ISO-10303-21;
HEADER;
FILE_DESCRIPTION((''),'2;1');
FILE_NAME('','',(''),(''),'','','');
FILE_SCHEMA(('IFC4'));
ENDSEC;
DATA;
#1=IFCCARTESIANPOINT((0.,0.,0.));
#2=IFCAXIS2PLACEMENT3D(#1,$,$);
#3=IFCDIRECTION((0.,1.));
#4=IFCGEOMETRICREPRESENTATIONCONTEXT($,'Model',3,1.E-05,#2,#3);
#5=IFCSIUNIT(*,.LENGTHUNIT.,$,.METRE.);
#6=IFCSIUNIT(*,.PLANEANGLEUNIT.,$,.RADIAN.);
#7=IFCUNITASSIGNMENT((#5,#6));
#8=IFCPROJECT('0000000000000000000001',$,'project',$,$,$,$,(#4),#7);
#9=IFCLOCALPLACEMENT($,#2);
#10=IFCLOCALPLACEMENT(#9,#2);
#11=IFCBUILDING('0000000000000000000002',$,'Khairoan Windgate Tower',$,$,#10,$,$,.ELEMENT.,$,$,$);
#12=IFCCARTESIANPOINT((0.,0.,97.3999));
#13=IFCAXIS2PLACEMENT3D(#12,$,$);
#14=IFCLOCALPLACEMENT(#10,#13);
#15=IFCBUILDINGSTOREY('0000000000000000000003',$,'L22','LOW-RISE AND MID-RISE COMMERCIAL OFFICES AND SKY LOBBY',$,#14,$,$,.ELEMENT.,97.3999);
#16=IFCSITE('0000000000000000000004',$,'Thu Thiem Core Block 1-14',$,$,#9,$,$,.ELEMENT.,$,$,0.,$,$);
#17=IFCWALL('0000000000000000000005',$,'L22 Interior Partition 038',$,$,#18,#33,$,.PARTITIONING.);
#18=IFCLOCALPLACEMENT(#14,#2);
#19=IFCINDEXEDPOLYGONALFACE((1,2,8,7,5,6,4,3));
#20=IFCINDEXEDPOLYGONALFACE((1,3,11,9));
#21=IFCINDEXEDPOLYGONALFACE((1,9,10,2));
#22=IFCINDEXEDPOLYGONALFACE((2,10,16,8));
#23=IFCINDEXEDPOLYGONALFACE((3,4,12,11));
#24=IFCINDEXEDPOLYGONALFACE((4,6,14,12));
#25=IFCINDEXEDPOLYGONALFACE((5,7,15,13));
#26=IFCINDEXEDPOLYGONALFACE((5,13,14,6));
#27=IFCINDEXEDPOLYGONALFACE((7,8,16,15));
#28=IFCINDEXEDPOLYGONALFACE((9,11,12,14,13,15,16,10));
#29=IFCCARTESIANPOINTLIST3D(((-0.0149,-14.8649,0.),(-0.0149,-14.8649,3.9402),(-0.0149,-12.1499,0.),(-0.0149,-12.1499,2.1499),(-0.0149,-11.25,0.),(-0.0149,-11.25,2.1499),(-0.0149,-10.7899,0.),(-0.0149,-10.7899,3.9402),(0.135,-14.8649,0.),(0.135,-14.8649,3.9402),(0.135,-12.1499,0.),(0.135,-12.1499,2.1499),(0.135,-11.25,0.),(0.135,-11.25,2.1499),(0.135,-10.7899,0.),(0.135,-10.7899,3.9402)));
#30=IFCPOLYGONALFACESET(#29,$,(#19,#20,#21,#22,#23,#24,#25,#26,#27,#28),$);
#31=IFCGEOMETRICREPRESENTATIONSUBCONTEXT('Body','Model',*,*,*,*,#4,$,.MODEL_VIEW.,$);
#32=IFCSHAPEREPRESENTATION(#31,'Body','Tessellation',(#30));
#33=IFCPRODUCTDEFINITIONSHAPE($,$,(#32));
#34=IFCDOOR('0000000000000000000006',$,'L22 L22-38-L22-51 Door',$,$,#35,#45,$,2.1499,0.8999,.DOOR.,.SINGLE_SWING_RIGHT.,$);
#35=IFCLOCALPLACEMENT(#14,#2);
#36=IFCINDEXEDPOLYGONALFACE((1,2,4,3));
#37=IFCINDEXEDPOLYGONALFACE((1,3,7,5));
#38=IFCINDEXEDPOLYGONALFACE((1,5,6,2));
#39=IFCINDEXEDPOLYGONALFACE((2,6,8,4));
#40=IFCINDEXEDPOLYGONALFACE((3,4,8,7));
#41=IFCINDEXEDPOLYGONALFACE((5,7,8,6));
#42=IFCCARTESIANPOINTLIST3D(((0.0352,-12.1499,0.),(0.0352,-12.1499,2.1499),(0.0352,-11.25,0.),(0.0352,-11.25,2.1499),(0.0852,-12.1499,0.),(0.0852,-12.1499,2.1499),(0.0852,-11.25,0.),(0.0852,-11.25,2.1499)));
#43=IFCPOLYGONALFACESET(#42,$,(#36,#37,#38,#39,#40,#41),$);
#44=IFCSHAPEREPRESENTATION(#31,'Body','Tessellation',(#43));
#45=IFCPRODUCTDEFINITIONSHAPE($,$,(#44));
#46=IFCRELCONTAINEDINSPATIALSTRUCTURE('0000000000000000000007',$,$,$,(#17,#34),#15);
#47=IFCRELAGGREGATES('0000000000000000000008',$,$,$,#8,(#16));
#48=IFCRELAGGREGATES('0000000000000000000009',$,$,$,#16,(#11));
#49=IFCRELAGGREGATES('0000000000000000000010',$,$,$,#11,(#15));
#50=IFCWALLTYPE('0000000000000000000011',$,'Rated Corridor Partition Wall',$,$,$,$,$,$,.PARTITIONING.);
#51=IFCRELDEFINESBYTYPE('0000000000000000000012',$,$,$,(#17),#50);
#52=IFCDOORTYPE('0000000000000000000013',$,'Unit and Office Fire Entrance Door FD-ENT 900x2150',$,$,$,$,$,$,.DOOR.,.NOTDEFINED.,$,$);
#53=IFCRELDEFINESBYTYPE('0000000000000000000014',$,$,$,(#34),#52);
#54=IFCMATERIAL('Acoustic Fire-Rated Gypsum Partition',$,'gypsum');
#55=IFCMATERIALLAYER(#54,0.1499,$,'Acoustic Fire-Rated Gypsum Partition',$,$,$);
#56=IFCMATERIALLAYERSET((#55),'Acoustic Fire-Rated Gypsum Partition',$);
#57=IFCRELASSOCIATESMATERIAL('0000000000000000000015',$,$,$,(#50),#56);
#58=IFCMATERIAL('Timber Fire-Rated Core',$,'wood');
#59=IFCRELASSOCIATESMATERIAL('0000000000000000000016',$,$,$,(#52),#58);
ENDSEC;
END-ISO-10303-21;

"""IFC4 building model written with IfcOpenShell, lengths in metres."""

from ifc_helpers import new_model, si_unit, direction, frame, frame_2d, origin, place, context, subcontext, project, spatial, rectangle, extrude, material, layer, layer_set, type_object, element, fill, save


model = new_model("IFC4")

# Units and contexts
model_context = context("Model", 3, precision=1e-05, world=origin(), true_north=direction((0.0, 1.0)))
body_context = subcontext(model_context, "Body", "Model", "MODEL_VIEW")
ifc_project = project(units=[si_unit("LENGTHUNIT", "METRE"), si_unit("PLANEANGLEUNIT", "RADIAN")], contexts=[model_context])

# Site, building, storey
site_placement = place(None, origin())
site = spatial("IfcSite", under=ifc_project, at=site_placement, Name="Thu Thiem Core Block 1-14", CompositionType="ELEMENT", RefElevation=0.0)
building_placement = place(site_placement, origin())
building = spatial("IfcBuilding", under=site, at=building_placement, Name="Khairoan Windgate Tower", CompositionType="ELEMENT")
storey_placement = place(building_placement, frame((0.0, 0.0, 97.3999)))
storey = spatial("IfcBuildingStorey", under=building, at=storey_placement, Name="L22", Description="LOW-RISE AND MID-RISE COMMERCIAL OFFICES AND SKY LOBBY", CompositionType="ELEMENT", Elevation=97.3999)

# Wall, opening, door
ifc_material_1 = material(Name="Acoustic Fire-Rated Gypsum Partition", Category="gypsum")
ifc_layer_1 = layer(ifc_material_1, 0.1499, Name="Acoustic Fire-Rated Gypsum Partition")
ifc_layer_set_1 = layer_set([ifc_layer_1], Name="Acoustic Fire-Rated Gypsum Partition")
wall_type_1 = type_object("IfcWallType", Name="Rated Corridor Partition Wall", PredefinedType="PARTITIONING", material=ifc_layer_set_1)
ifc_material_2 = material(Name="Timber Fire-Rated Core", Category="wood")
door_type = type_object("IfcDoorType", Name="Unit and Office Fire Entrance Door FD-ENT 900x2150", OperationType="NOTDEFINED", PredefinedType="DOOR", material=ifc_material_2)
wall_1_placement = place(storey_placement, frame((0.0601, -14.865, 0.0), z_axis=(0.0, 0.0, 1.0), x_axis=(0.0, 1.0, 0.0)))
wall_1 = element("IfcWall", 1, at=wall_1_placement, inside=storey, type_object=wall_type_1, Name="L22 Interior Partition 038", PredefinedType="PARTITIONING", context=body_context, shape_type="SweptSolid", body=[
    extrude(rectangle(XDim=4.075, YDim=0.1499, at=frame_2d((2.0376, 0.0))), origin(), (0.0, 0.0, 1.0), 3.9402),
])
opening_1_placement = place(wall_1_placement, frame((2.7151, 0.0, 0.0)))
opening_1 = element("IfcOpeningElement", 2, at=opening_1_placement, cuts=wall_1, PredefinedType="OPENING", context=body_context, shape_type="SweptSolid", body=[
    extrude(rectangle(XDim=0.8999, YDim=2.1499, at=frame_2d((0.45, 1.075))), frame((0.0, 0.085, 0.0), z_axis=(0.0, -1.0, 0.0), x_axis=(1.0, 0.0, 0.0)), (0.0, 0.0, 1.0), 0.1699),
])
door_1_placement = place(opening_1_placement, origin())
door_1 = element("IfcDoor", 3, at=door_1_placement, inside=storey, type_object=door_type, Name="L22 L22-38-L22-51 Door", OperationType="SINGLE_SWING_RIGHT", OverallHeight=2.1499, OverallWidth=0.8999, PredefinedType="DOOR", context=body_context, shape_type="SweptSolid", body=[
    extrude(rectangle(XDim=0.8999, YDim=2.1499, at=frame_2d((0.45, 1.075))), frame((0.0, 0.0249, 0.0), z_axis=(0.0, -1.0, 0.0), x_axis=(1.0, 0.0, 0.0)), (0.0, 0.0, 1.0), 0.05),
])
fill(opening_1, door_1)

save(model, "model.ifc")
